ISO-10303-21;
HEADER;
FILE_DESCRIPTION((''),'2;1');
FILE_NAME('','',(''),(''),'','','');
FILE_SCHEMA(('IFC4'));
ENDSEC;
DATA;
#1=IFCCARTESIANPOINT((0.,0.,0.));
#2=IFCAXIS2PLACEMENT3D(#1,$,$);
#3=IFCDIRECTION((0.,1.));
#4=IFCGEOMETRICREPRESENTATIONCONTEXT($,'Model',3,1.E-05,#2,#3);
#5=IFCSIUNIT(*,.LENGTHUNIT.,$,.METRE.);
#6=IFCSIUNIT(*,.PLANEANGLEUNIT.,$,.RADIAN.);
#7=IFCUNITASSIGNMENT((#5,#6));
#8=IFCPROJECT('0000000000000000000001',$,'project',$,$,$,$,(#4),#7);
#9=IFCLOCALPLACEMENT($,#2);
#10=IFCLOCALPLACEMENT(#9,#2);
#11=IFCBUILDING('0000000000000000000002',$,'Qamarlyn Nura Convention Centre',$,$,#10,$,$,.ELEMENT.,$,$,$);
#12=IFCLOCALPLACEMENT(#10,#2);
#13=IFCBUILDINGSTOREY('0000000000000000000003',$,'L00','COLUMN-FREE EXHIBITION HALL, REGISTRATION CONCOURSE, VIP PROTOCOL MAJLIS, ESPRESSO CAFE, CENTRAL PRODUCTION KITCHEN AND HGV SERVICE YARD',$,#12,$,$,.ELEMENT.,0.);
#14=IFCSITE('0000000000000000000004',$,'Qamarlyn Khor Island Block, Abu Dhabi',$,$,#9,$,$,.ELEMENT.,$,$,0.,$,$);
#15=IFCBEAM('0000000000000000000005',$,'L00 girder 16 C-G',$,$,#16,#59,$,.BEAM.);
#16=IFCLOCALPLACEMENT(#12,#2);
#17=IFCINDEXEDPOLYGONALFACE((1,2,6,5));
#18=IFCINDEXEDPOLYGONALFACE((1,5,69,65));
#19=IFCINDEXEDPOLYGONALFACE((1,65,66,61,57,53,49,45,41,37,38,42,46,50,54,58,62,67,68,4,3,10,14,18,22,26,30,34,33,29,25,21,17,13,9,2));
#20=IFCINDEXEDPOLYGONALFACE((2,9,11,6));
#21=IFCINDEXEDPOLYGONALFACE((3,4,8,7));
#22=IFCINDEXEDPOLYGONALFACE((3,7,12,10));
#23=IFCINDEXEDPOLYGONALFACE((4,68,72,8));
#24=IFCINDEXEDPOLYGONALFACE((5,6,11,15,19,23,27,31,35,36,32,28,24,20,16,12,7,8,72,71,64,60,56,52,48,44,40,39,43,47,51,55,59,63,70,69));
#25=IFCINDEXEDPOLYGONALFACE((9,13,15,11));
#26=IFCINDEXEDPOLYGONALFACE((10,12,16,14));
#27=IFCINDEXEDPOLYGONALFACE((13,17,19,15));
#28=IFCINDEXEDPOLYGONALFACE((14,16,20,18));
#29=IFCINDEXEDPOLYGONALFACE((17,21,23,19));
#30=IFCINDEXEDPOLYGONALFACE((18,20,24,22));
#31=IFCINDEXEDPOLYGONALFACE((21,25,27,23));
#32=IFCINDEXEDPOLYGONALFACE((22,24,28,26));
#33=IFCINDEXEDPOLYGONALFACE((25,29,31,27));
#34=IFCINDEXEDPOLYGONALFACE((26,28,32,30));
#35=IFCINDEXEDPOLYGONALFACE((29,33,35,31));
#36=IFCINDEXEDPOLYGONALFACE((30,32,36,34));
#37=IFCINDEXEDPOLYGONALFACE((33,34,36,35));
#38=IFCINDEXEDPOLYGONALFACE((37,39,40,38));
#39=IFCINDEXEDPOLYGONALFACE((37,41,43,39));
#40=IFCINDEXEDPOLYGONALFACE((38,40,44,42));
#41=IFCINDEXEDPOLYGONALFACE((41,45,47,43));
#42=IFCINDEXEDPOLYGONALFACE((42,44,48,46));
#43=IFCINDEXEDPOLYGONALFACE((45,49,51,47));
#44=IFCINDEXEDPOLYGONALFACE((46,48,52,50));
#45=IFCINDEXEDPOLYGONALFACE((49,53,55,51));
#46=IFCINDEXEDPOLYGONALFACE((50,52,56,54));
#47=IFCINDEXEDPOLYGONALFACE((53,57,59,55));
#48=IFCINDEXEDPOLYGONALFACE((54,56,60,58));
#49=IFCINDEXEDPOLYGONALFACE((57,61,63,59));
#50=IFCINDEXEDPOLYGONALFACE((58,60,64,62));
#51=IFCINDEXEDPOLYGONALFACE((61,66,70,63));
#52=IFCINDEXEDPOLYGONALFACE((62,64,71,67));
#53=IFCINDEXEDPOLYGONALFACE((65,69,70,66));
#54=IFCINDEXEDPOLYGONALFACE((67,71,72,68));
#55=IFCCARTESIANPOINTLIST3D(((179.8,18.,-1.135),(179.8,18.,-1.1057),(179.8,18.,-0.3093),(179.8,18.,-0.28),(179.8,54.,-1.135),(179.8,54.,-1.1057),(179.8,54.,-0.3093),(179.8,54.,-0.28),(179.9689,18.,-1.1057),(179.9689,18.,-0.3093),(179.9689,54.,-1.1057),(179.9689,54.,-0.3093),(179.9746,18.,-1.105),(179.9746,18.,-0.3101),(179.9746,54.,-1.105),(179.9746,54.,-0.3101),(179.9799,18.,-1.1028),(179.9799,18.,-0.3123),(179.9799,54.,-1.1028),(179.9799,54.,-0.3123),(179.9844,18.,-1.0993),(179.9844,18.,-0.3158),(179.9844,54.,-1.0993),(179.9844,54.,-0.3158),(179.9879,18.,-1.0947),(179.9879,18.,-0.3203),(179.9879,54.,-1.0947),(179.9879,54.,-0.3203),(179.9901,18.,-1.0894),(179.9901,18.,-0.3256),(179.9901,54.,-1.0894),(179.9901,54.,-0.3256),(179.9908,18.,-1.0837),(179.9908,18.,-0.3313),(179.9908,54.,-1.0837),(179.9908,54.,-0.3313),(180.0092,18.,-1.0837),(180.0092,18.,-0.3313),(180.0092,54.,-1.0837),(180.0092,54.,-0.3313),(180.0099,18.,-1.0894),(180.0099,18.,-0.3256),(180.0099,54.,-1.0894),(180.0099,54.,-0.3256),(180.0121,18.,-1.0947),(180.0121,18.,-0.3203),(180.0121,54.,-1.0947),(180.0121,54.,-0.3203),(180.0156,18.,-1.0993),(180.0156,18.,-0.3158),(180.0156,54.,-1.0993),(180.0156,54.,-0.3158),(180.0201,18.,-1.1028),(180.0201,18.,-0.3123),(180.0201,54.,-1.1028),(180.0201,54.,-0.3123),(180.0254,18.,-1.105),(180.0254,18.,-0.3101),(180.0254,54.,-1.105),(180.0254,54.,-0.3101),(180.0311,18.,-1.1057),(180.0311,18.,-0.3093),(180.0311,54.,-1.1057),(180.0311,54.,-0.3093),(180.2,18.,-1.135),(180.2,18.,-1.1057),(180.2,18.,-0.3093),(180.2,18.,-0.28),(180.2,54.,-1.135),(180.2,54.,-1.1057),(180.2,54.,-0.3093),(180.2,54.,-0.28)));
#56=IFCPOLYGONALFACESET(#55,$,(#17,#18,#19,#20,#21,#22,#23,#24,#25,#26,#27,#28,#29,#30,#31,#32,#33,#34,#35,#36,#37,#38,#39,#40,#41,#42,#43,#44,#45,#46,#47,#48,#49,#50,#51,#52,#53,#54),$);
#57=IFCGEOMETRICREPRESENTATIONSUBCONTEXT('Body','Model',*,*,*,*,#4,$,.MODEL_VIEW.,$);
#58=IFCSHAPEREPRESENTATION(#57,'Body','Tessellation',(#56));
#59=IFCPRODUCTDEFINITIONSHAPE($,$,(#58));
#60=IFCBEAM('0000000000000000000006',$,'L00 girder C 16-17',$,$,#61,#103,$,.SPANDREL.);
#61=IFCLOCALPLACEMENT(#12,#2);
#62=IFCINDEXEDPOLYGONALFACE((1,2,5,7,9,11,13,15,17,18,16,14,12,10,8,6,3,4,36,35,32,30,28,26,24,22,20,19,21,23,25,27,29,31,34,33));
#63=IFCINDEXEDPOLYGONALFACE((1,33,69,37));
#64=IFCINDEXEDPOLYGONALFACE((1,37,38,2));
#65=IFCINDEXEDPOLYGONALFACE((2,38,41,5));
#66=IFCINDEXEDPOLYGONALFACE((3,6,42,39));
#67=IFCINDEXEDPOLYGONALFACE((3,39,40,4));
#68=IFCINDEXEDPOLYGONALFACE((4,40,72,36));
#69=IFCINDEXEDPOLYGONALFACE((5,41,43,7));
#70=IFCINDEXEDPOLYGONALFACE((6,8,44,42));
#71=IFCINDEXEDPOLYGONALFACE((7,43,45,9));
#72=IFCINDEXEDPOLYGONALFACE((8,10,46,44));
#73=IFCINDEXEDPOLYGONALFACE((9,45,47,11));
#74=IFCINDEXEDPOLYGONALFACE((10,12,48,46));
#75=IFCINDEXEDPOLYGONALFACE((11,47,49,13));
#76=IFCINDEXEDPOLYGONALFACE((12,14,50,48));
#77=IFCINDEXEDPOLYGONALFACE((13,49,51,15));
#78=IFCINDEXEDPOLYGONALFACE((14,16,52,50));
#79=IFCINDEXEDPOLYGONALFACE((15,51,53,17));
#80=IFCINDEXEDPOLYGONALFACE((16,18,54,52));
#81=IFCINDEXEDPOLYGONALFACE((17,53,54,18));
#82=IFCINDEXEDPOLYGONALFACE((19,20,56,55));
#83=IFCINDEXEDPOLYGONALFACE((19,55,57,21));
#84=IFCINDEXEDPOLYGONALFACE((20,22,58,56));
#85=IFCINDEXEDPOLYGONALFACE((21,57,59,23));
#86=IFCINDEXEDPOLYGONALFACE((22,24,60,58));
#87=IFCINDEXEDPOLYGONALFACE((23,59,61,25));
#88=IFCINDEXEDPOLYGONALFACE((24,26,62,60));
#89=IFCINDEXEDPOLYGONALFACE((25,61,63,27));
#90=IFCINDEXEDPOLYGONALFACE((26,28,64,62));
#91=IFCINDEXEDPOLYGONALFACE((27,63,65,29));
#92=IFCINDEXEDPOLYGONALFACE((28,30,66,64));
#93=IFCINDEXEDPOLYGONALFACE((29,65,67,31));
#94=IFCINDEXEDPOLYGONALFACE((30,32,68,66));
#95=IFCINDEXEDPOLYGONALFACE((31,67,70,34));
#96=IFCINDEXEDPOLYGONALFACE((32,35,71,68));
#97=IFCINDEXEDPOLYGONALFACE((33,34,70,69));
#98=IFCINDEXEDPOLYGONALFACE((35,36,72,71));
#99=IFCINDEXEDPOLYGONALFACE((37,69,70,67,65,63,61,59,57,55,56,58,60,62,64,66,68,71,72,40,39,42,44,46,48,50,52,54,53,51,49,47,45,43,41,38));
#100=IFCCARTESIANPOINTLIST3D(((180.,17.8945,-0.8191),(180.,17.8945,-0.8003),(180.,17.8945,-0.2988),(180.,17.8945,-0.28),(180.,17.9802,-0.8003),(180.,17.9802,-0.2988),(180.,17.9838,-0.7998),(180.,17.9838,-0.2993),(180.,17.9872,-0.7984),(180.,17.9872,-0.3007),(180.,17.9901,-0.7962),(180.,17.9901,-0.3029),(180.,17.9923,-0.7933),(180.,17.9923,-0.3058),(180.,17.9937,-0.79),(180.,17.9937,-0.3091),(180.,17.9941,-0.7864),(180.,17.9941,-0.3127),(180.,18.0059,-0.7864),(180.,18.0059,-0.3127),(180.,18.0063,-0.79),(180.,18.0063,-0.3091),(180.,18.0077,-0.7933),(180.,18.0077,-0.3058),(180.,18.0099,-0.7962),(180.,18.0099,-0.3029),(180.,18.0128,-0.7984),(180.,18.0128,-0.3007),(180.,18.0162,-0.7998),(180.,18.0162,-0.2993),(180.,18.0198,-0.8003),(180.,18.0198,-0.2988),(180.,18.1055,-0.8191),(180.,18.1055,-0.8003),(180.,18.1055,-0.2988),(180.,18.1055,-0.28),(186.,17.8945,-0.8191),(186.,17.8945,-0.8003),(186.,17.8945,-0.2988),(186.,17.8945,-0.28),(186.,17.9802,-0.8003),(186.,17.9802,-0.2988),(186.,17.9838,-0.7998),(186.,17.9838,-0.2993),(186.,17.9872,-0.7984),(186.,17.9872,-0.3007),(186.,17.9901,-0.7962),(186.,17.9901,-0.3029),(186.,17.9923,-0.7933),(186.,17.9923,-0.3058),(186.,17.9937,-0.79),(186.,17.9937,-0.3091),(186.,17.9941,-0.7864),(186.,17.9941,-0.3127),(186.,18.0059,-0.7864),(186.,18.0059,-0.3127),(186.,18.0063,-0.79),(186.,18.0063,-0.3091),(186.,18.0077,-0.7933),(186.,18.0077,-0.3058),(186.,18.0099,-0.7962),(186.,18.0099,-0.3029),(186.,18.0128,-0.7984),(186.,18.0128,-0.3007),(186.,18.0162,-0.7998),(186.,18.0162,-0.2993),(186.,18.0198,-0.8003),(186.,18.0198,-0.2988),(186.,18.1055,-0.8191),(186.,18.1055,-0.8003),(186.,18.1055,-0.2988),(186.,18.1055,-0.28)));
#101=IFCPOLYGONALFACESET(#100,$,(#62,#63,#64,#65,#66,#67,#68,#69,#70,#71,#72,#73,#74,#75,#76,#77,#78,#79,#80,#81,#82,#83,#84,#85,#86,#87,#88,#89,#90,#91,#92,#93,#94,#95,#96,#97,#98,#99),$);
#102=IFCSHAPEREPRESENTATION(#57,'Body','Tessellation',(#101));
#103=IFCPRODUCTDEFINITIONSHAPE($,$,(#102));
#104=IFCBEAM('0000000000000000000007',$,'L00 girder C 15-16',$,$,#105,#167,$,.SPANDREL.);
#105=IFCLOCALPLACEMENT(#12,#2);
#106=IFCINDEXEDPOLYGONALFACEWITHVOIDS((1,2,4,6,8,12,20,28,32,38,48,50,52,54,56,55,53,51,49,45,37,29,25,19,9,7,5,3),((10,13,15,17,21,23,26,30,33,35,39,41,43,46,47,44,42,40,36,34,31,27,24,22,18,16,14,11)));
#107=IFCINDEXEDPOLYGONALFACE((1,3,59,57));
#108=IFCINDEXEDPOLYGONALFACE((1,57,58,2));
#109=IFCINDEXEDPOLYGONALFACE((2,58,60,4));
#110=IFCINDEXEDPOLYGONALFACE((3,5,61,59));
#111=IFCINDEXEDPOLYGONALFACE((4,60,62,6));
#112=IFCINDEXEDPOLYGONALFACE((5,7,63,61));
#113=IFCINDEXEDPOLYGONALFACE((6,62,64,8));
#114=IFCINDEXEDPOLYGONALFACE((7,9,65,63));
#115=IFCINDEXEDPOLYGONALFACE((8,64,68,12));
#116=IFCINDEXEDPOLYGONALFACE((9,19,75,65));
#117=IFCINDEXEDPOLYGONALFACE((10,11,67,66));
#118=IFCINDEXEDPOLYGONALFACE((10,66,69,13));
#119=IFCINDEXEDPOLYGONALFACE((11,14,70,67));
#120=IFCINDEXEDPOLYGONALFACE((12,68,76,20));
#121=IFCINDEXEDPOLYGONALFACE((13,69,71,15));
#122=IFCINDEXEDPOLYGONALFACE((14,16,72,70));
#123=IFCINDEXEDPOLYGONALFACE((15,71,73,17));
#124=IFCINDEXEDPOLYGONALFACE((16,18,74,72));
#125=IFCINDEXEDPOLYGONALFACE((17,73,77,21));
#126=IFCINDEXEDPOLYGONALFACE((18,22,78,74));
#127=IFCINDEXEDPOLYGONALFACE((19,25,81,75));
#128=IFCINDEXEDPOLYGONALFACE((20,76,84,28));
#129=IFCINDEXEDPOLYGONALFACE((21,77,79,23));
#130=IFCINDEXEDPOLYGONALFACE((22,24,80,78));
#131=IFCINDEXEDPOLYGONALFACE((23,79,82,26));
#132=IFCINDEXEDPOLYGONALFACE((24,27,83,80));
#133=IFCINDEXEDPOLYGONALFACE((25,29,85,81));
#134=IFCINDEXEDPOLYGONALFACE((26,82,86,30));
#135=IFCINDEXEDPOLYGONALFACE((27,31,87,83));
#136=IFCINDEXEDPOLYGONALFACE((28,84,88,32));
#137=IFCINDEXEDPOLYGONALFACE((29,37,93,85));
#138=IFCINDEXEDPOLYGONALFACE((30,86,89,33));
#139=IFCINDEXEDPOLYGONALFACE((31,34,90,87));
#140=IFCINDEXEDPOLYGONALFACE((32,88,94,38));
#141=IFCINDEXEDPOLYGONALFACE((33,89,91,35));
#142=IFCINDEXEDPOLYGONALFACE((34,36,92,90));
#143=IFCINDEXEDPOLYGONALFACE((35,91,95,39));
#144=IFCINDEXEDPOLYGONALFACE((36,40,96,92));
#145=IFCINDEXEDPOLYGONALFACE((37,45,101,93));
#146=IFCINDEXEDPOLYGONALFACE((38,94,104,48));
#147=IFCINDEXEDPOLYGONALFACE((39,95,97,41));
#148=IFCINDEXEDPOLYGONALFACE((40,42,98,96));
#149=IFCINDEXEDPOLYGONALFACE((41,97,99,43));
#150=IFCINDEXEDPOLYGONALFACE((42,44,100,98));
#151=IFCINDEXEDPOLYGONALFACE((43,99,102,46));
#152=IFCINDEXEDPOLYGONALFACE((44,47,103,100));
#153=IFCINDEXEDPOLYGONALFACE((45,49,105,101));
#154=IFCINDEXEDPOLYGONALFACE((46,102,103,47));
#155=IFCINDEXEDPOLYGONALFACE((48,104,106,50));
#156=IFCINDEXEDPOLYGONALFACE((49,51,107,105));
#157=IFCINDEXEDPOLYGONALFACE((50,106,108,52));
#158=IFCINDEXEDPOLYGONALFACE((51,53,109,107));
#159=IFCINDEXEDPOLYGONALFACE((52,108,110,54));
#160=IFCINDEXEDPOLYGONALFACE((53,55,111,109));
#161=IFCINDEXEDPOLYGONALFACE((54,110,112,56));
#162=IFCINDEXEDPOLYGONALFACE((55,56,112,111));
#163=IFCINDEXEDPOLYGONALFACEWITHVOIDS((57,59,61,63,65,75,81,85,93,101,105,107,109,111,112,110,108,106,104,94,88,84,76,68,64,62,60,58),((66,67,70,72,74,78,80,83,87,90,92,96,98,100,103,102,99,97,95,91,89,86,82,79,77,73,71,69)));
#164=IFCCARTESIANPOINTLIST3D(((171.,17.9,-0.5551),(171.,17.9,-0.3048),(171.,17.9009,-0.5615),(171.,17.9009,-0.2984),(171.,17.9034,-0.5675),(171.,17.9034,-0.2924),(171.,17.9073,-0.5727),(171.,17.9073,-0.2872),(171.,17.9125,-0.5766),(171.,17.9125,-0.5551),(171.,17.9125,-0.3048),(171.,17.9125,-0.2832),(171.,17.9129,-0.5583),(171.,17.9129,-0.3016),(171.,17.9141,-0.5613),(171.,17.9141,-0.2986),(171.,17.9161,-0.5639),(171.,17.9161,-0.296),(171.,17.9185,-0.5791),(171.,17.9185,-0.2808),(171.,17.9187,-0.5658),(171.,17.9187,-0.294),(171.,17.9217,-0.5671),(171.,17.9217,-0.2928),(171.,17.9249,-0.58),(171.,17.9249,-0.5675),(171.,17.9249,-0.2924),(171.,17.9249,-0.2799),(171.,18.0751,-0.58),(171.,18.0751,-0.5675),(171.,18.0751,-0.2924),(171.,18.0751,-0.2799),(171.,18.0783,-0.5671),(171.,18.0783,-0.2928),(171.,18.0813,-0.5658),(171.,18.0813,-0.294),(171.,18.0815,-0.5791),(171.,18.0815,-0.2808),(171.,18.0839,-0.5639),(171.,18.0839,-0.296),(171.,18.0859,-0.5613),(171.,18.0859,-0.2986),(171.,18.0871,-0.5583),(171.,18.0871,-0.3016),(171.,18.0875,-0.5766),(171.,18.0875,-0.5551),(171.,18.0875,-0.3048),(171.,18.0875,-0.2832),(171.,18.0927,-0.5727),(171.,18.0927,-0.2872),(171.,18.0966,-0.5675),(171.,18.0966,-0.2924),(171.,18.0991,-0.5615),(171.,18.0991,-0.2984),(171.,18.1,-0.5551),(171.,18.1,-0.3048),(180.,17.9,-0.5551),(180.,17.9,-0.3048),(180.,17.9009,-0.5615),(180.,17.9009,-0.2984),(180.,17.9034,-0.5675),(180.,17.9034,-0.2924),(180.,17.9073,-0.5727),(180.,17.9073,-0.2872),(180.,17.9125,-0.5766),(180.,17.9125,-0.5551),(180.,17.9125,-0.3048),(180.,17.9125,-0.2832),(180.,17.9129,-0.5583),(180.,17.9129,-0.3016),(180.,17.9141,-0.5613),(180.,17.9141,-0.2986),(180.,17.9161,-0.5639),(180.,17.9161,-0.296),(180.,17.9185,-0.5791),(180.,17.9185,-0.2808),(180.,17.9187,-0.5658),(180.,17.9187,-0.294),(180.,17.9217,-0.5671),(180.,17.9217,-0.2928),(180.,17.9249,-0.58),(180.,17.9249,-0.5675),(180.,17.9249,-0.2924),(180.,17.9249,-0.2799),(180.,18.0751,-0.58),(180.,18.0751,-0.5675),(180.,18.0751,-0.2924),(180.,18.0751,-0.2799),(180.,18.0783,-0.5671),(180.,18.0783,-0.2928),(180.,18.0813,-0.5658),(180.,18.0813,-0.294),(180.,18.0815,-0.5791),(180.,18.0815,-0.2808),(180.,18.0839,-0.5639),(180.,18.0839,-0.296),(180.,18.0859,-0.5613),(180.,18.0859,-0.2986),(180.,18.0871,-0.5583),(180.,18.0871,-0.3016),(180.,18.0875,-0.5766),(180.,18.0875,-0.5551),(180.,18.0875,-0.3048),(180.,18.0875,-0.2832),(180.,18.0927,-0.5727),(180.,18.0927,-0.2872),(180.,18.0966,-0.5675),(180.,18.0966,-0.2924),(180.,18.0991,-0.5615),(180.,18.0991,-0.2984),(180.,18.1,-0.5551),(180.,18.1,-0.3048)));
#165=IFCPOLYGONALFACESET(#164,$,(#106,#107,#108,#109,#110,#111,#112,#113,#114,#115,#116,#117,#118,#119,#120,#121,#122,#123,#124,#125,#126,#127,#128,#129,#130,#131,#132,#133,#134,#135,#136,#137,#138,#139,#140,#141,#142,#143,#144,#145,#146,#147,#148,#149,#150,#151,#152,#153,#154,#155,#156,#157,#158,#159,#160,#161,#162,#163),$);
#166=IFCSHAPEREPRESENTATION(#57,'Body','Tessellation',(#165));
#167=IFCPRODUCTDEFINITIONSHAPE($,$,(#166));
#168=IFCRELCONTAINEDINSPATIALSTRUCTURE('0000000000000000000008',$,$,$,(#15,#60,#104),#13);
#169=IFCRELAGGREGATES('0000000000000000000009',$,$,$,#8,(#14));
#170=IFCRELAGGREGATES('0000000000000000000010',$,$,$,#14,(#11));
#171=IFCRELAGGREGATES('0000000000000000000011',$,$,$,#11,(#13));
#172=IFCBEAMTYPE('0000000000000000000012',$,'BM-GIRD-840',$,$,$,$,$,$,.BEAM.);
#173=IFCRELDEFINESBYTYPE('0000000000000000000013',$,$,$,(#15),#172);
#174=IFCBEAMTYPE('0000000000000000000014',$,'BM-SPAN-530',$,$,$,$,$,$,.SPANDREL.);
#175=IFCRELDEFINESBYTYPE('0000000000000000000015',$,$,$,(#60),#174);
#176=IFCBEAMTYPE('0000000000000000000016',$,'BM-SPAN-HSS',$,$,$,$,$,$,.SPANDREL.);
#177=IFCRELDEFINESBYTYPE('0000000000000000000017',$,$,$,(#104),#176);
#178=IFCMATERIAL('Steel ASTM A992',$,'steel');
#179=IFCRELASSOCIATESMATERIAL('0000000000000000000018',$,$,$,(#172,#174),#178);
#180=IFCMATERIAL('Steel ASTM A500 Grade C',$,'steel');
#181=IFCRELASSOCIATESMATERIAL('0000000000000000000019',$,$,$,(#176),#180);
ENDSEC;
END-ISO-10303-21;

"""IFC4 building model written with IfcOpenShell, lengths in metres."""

from ifc_helpers import new_model, si_unit, direction, frame, origin, origin_2d, place, context, subcontext, project, spatial, hollow_rectangle, i_section, extrude, material, material_profile, profile_set, type_object, element, save


model = new_model("IFC4")

# Units and contexts
model_context = context("Model", 3, precision=1e-05, world=origin(), true_north=direction((0.0, 1.0)))
body_context = subcontext(model_context, "Body", "Model", "MODEL_VIEW")
ifc_project = project(units=[si_unit("LENGTHUNIT", "METRE"), si_unit("PLANEANGLEUNIT", "RADIAN")], contexts=[model_context])

# Site, building, storey
site_placement = place(None, origin())
site = spatial("IfcSite", under=ifc_project, at=site_placement, Name="Qamarlyn Khor Island Block, Abu Dhabi", CompositionType="ELEMENT", RefElevation=0.0)
building_placement = place(site_placement, origin())
building = spatial("IfcBuilding", under=site, at=building_placement, Name="Qamarlyn Nura Convention Centre", CompositionType="ELEMENT")
storey_placement = place(building_placement, origin())
storey = spatial("IfcBuildingStorey", under=building, at=storey_placement, Name="L00", Description="COLUMN-FREE EXHIBITION HALL, REGISTRATION CONCOURSE, VIP PROTOCOL MAJLIS, ESPRESSO CAFE, CENTRAL PRODUCTION KITCHEN AND HGV SERVICE YARD", CompositionType="ELEMENT", Elevation=0.0)

# Shared definitions
ifc_material_1 = material(Name="Steel ASTM A992", Category="steel")

# Beams
ifc_material_profile_1 = material_profile(ifc_material_1, i_section(OverallWidth=0.3999, OverallDepth=0.855, WebThickness=0.0183, FlangeThickness=0.0293, FilletRadius=0.022, at=origin_2d()), Name="W840X299")
ifc_profile_set_1 = profile_set([ifc_material_profile_1], Name="Steel ASTM A992")
beam_type_1 = type_object("IfcBeamType", Name="BM-GIRD-840", PredefinedType="BEAM", material=ifc_profile_set_1)
for number, where, z_axis, x_axis, name in (
    (1, (180.0, 18.0, -0.7075), (0.0, 1.0, 0.0), (-1.0, 0.0, 0.0), "L00 girder 16 C-G"),
):
    element("IfcBeam", number, at=place(storey_placement, frame(where, z_axis=z_axis, x_axis=x_axis)), inside=storey, type_object=beam_type_1, Name=name, PredefinedType="BEAM", context=body_context, shape_type="SweptSolid", body=[
        extrude(i_section(OverallWidth=0.3999, OverallDepth=0.855, WebThickness=0.0183, FlangeThickness=0.0293, FilletRadius=0.022, at=origin_2d()), origin(), (0.0, 0.0, 1.0), 36.0),
    ])
ifc_material_profile_2 = material_profile(ifc_material_1, i_section(OverallWidth=0.2109, OverallDepth=0.5391, WebThickness=0.0117, FlangeThickness=0.0188, FilletRadius=0.0139, at=origin_2d()), Name="W530X109")
ifc_profile_set_2 = profile_set([ifc_material_profile_2], Name="Steel ASTM A992")
beam_type_2 = type_object("IfcBeamType", Name="BM-SPAN-530", PredefinedType="SPANDREL", material=ifc_profile_set_2)
beam_1_placement = place(storey_placement, frame((180.0, 18.0, -0.5496), z_axis=(1.0, 0.0, 0.0), x_axis=(0.0, 1.0, 0.0)))
element("IfcBeam", 2, at=beam_1_placement, inside=storey, type_object=beam_type_2, Name="L00 girder C 16-17", PredefinedType="SPANDREL", context=body_context, shape_type="SweptSolid", body=[
    extrude(i_section(OverallWidth=0.2109, OverallDepth=0.5391, WebThickness=0.0117, FlangeThickness=0.0188, FilletRadius=0.0139, at=origin_2d()), origin(), (0.0, 0.0, 1.0), 6.0),
])
ifc_material_2 = material(Name="Steel ASTM A500 Grade C", Category="steel")
ifc_material_profile_3 = material_profile(ifc_material_2, hollow_rectangle(XDim=0.2, YDim=0.3, WallThickness=0.0125, InnerFilletRadius=0.0125, OuterFilletRadius=0.0249, at=origin_2d()), Name="HSS300X200X12.5")
ifc_profile_set_3 = profile_set([ifc_material_profile_3], Name="Steel ASTM A500 Grade C")
beam_type_3 = type_object("IfcBeamType", Name="BM-SPAN-HSS", PredefinedType="SPANDREL", material=ifc_profile_set_3)
beam_2_placement = place(storey_placement, frame((171.0, 18.0, -0.4299), z_axis=(1.0, 0.0, 0.0), x_axis=(0.0, 1.0, 0.0)))
element("IfcBeam", 3, at=beam_2_placement, inside=storey, type_object=beam_type_3, Name="L00 girder C 15-16", PredefinedType="SPANDREL", context=body_context, shape_type="SweptSolid", body=[
    extrude(hollow_rectangle(XDim=0.2, YDim=0.3, WallThickness=0.0125, InnerFilletRadius=0.0125, OuterFilletRadius=0.0249, at=origin_2d()), origin(), (0.0, 0.0, 1.0), 9.0),
])

save(model, "model.ifc")
